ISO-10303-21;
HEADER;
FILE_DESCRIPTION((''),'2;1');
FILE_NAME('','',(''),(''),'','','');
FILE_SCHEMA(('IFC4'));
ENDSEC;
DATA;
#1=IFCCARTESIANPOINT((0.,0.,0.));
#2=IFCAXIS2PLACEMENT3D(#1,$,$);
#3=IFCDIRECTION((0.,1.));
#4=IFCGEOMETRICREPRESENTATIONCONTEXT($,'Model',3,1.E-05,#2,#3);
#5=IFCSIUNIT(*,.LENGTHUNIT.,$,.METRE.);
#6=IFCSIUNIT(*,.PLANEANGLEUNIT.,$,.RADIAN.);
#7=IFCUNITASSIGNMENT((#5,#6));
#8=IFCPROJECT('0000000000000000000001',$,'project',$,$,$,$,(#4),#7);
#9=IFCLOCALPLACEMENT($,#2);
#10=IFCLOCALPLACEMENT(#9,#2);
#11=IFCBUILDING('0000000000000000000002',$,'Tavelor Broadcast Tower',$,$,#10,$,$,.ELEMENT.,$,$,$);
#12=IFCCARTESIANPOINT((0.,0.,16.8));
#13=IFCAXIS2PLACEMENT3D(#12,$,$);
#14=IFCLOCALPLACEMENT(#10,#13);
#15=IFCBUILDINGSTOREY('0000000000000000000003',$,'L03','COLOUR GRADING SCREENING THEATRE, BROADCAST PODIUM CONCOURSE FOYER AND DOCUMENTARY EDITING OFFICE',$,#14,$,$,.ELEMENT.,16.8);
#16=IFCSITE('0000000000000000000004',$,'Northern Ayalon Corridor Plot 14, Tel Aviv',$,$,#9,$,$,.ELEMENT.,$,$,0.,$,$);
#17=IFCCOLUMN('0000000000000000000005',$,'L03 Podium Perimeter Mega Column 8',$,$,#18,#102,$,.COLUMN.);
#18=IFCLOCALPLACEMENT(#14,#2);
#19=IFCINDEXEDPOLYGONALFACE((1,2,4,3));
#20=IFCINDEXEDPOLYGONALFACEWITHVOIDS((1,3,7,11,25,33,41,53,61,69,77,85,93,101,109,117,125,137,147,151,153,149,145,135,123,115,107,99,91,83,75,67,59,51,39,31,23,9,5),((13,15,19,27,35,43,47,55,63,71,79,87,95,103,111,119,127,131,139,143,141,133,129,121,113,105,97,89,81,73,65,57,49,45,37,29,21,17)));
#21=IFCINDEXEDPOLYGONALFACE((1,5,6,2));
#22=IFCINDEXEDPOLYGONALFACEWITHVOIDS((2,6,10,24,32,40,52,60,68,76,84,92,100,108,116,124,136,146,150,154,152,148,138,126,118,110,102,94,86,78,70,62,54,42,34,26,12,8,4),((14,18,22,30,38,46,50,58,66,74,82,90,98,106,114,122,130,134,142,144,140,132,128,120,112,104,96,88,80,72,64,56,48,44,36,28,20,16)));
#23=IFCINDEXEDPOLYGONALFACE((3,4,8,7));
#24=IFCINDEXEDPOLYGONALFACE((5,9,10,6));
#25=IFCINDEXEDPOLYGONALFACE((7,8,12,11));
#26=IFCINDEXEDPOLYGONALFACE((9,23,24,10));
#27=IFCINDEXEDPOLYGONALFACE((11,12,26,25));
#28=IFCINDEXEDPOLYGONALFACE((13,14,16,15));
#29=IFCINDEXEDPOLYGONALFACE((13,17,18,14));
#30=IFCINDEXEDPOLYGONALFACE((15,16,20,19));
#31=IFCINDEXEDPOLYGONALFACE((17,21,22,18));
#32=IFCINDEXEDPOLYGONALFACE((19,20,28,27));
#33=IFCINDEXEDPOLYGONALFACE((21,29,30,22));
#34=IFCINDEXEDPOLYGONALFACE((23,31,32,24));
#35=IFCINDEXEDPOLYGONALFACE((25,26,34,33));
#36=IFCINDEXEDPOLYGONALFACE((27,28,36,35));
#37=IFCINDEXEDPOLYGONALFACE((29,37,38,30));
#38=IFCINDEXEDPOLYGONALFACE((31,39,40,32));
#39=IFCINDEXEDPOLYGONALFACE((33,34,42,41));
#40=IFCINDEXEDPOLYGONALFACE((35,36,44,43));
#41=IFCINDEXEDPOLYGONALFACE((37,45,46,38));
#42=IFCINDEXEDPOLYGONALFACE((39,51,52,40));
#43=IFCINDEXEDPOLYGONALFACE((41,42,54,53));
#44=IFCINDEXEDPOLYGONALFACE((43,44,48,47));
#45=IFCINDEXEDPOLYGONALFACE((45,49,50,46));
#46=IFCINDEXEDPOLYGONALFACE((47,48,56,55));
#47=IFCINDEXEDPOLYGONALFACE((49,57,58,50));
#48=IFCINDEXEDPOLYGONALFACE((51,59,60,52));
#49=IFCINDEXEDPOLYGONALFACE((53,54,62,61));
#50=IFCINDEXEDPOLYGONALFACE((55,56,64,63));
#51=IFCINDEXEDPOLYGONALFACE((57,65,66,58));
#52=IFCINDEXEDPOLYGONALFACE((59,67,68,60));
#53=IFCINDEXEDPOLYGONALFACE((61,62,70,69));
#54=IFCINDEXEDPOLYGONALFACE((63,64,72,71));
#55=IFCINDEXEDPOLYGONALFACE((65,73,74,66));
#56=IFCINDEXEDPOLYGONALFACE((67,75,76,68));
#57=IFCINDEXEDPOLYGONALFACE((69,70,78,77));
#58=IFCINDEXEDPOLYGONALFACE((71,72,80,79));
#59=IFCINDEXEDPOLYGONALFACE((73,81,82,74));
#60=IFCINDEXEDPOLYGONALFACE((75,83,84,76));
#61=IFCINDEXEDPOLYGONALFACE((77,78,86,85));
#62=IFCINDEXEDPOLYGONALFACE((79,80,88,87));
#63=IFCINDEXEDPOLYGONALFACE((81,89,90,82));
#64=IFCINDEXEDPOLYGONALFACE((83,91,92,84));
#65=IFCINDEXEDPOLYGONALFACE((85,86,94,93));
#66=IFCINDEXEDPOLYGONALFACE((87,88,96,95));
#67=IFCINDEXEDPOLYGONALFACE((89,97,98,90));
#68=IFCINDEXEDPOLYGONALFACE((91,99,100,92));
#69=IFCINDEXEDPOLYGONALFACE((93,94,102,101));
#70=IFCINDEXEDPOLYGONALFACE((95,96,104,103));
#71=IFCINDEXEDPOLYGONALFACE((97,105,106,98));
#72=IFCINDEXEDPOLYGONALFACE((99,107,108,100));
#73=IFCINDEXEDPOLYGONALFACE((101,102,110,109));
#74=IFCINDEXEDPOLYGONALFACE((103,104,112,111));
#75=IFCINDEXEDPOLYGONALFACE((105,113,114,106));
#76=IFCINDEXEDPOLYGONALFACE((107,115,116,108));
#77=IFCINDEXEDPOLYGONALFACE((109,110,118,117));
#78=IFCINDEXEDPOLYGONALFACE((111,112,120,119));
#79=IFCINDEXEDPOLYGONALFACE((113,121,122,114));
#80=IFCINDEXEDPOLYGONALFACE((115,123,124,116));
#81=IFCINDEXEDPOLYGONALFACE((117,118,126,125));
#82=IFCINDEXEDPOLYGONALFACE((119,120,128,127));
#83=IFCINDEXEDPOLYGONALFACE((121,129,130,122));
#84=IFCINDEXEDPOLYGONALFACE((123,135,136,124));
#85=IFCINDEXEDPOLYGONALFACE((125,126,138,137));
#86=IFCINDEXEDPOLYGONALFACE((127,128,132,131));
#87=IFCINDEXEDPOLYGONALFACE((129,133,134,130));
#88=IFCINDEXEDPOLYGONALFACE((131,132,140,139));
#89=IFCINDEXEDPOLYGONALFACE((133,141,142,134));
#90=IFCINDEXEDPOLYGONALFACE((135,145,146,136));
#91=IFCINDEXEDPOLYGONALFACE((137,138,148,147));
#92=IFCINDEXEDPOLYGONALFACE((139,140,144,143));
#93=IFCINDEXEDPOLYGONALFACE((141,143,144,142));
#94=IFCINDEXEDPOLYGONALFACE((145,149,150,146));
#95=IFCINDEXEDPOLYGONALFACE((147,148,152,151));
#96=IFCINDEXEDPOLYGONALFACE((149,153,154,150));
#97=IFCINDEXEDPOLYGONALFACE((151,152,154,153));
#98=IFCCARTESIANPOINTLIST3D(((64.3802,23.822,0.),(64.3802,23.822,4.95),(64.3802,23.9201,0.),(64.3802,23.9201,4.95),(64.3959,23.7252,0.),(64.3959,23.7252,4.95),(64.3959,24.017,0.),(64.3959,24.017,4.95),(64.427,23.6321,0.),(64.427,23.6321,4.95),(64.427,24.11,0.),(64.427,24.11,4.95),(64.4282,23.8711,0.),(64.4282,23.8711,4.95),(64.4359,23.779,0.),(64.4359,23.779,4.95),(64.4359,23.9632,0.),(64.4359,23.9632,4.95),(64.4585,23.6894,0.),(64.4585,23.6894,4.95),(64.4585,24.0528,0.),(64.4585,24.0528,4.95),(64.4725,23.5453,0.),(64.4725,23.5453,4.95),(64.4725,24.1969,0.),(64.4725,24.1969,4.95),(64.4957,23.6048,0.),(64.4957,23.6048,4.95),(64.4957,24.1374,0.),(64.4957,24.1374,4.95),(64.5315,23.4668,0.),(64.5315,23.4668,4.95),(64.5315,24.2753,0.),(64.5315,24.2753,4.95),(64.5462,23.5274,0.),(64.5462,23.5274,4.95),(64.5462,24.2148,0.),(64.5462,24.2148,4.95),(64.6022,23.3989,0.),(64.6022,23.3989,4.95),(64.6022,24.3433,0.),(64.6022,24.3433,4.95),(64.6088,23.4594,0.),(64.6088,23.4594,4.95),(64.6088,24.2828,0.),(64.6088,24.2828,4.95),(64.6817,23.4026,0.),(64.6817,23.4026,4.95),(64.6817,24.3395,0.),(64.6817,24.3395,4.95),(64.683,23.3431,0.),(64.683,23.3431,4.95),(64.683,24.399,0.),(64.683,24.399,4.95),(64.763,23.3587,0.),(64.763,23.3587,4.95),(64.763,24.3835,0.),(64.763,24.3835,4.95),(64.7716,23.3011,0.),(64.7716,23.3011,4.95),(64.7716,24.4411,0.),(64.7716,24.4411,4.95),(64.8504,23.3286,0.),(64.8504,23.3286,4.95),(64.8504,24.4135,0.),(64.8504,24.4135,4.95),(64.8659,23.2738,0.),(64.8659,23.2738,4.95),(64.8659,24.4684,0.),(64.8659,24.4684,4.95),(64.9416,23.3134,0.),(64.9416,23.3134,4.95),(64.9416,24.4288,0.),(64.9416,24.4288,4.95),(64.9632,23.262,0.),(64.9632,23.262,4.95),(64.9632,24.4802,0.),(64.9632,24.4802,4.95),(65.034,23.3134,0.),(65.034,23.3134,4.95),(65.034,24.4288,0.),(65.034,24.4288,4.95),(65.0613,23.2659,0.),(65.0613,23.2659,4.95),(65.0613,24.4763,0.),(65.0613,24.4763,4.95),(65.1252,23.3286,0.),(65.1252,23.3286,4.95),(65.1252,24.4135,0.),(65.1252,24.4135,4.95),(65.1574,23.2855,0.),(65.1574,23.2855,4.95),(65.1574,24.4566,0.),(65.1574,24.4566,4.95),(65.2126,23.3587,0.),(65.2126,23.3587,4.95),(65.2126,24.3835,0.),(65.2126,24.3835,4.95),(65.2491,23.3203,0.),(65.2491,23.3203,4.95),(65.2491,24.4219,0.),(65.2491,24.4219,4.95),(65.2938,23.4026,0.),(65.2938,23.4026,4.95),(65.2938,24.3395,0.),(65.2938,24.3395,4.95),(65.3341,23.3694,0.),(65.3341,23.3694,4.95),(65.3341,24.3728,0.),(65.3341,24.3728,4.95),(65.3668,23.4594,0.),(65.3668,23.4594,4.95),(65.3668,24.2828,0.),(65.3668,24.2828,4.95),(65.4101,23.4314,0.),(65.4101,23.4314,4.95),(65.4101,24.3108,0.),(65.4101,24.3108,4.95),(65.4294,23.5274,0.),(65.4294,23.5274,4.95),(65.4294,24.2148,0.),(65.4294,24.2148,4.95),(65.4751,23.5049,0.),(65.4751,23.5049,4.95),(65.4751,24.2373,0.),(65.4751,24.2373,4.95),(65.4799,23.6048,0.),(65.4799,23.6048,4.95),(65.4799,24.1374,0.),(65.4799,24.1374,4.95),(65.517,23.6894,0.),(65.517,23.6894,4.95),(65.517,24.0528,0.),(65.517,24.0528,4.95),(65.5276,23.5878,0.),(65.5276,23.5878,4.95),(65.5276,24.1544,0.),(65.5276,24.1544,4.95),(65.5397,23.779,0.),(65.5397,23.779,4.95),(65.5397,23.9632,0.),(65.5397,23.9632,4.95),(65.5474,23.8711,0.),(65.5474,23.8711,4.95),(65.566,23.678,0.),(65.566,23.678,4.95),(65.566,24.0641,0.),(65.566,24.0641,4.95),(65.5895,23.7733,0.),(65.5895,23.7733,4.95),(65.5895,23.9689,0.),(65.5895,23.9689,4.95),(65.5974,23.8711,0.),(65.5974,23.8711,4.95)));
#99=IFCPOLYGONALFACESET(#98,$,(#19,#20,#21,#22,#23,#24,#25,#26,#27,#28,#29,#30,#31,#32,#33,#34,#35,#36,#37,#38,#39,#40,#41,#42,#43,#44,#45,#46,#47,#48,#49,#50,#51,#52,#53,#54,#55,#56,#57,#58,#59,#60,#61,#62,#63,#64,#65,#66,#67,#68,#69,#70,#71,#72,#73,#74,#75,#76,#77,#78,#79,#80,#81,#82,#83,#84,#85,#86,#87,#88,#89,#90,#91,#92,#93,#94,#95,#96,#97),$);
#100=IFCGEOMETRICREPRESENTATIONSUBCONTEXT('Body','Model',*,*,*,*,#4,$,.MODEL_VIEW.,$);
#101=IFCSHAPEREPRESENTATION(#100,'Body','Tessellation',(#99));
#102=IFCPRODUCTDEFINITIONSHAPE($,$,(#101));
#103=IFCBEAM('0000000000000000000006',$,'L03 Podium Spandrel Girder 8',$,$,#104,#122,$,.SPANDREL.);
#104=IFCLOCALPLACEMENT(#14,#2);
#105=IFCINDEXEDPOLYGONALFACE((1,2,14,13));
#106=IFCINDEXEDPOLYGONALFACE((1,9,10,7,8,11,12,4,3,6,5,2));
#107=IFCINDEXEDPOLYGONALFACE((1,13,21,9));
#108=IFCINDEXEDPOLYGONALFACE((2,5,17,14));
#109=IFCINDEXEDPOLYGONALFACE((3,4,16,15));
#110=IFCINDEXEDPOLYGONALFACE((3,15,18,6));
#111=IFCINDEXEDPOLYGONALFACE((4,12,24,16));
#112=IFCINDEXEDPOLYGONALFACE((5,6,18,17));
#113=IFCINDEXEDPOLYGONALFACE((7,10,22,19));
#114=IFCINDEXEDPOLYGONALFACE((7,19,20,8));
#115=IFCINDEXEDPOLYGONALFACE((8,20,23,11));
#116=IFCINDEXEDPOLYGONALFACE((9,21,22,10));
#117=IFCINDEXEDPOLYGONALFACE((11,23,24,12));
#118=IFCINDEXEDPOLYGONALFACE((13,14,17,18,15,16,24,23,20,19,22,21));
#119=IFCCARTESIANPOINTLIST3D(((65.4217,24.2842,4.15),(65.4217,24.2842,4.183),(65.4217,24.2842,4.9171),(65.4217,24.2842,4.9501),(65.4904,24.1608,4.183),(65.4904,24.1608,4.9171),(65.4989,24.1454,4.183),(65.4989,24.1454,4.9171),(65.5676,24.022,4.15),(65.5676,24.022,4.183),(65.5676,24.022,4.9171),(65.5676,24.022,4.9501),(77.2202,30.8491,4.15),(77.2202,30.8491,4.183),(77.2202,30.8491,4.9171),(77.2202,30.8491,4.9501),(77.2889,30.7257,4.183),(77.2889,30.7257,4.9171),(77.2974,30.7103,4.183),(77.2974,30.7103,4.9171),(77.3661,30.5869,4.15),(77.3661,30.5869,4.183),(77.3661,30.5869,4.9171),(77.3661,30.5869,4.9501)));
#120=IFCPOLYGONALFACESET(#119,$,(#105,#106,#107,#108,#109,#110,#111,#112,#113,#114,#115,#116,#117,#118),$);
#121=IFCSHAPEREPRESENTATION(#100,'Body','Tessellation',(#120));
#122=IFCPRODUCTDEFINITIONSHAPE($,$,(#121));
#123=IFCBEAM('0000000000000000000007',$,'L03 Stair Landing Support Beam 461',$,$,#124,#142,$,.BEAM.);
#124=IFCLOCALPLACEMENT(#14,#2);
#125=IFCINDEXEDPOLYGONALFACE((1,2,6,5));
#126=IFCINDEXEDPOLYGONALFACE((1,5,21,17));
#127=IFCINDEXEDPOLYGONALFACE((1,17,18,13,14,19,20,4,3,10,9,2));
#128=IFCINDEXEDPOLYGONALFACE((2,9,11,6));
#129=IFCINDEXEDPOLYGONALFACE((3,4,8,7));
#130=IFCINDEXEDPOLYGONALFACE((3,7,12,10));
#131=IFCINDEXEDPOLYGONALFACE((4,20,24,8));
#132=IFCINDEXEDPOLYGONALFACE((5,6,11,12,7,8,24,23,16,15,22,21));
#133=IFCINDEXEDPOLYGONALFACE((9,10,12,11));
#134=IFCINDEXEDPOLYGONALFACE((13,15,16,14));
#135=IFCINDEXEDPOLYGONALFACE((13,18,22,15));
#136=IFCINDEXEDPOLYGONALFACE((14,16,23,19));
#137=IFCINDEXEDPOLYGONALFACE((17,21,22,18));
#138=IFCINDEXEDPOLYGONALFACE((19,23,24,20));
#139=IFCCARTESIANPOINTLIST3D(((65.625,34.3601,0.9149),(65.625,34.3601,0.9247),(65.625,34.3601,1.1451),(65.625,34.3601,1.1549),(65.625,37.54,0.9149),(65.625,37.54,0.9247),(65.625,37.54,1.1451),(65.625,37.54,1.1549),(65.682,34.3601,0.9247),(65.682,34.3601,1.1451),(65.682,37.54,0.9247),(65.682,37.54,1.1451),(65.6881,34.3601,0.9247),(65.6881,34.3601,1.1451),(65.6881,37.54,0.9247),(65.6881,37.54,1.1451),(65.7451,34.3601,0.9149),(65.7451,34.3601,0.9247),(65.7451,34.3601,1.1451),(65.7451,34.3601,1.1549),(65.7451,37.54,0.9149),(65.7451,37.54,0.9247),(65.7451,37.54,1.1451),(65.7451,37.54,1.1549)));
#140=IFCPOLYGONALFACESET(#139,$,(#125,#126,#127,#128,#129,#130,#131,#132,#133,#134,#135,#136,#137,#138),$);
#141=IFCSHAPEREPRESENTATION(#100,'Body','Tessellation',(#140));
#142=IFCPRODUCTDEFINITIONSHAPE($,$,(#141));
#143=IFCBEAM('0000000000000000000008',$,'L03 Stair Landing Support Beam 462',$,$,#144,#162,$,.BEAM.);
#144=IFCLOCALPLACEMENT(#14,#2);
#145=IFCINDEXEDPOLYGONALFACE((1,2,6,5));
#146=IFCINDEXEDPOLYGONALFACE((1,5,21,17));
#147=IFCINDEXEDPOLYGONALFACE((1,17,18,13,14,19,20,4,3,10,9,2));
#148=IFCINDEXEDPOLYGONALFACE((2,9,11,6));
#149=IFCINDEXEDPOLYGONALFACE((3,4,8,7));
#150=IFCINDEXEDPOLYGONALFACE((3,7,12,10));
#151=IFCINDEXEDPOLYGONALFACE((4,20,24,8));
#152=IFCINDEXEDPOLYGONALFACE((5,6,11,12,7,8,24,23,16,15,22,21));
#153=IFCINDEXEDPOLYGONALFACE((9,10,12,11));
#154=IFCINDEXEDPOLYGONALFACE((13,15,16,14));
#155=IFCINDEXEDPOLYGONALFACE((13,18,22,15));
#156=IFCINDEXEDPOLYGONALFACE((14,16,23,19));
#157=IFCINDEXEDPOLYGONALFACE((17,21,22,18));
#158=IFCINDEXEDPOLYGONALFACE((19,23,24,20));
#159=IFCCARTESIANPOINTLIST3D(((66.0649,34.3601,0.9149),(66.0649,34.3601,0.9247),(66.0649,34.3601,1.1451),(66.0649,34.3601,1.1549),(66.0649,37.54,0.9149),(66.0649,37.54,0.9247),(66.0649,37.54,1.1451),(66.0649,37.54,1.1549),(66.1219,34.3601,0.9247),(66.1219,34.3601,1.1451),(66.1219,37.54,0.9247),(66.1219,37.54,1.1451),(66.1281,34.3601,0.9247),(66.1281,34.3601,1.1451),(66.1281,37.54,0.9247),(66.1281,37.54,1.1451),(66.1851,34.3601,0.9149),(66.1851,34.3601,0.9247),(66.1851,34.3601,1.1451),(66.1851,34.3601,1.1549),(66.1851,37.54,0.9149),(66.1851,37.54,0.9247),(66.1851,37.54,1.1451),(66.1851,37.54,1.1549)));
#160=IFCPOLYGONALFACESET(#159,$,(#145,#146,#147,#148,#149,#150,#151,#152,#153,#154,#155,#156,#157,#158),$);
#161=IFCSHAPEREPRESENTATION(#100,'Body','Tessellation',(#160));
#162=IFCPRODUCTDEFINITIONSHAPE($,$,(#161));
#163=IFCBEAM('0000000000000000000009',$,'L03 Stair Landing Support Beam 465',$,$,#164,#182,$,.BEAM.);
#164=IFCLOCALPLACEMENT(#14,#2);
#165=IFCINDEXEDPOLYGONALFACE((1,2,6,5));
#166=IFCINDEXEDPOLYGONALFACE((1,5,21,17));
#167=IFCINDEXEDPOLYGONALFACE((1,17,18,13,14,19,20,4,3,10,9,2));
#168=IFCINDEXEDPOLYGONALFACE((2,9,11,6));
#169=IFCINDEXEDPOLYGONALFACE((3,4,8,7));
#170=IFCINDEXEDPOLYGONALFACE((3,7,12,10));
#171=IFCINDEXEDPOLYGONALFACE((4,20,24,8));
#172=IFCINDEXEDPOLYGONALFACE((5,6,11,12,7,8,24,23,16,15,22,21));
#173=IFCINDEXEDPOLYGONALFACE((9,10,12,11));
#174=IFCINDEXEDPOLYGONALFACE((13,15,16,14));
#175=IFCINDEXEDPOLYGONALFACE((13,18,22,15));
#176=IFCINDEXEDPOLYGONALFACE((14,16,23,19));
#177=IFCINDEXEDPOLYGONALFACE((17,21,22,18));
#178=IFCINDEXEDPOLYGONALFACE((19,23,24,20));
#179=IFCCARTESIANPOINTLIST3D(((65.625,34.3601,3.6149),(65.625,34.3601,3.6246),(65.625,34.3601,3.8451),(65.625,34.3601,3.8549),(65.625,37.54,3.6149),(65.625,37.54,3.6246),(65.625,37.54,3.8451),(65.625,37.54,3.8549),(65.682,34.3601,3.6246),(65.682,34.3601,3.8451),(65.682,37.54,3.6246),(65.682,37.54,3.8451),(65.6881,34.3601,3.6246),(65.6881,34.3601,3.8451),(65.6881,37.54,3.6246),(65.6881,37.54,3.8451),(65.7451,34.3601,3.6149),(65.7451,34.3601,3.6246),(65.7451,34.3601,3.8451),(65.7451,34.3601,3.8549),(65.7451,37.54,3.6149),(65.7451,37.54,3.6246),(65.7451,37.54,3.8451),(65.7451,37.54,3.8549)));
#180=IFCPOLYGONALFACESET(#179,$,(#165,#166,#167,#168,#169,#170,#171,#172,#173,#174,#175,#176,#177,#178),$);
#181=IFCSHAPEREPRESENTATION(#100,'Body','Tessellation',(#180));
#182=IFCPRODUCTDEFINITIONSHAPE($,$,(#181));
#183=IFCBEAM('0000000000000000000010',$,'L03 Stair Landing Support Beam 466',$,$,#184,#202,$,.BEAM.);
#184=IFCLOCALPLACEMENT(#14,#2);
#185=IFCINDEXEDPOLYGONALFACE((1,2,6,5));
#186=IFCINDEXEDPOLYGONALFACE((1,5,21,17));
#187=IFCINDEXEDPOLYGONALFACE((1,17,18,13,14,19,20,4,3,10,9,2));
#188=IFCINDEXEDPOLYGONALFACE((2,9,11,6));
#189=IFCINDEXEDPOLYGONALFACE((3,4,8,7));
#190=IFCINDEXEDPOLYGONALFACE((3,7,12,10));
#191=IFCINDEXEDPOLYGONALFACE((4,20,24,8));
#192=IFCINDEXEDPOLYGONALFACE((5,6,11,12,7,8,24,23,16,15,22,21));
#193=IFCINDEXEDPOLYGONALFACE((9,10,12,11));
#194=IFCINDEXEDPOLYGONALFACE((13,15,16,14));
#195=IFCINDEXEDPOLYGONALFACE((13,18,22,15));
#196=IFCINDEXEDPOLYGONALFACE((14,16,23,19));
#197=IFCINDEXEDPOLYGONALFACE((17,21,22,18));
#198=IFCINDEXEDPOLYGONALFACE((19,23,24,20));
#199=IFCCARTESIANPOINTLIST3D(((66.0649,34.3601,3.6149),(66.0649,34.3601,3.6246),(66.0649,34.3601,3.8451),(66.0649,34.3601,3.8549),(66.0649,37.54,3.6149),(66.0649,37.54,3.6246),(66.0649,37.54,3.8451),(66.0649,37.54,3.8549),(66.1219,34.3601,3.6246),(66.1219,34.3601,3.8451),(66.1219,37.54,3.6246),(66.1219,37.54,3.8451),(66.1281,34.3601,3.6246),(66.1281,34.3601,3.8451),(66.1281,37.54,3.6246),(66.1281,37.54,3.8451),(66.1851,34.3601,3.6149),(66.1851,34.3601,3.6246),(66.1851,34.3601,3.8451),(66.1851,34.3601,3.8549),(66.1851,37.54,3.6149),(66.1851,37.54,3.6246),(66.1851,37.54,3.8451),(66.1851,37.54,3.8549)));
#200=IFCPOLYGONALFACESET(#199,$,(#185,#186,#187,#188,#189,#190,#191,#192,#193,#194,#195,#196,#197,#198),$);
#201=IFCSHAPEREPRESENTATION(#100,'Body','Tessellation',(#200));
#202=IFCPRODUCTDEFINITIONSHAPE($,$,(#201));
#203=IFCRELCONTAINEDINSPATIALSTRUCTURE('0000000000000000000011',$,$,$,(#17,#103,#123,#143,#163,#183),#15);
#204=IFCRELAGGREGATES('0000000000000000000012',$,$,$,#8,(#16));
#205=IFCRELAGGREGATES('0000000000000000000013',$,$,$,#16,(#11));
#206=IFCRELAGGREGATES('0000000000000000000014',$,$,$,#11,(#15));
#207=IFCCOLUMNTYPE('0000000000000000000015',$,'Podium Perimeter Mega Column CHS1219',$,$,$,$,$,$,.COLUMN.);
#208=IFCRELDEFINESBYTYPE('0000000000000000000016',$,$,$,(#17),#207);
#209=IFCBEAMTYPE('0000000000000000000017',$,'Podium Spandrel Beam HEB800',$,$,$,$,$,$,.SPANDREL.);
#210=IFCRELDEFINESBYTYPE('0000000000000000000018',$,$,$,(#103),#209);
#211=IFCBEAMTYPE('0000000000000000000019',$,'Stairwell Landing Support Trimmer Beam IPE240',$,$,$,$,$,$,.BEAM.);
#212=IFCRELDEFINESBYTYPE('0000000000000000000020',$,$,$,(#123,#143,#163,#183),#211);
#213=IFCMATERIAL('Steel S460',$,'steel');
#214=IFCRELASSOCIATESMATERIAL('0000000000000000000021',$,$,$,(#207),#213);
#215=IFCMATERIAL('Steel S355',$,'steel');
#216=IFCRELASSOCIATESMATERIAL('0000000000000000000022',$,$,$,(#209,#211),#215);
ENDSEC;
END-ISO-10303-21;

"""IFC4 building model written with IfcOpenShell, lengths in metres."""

from ifc_helpers import new_model, si_unit, direction, frame, origin, origin_2d, place, context, subcontext, project, spatial, hollow_circle, i_section, extrude, material, material_profile, profile_set, type_object, element, save


model = new_model("IFC4")

# Units and contexts
model_context = context("Model", 3, precision=1e-05, world=origin(), true_north=direction((0.0, 1.0)))
body_context = subcontext(model_context, "Body", "Model", "MODEL_VIEW")
ifc_project = project(units=[si_unit("LENGTHUNIT", "METRE"), si_unit("PLANEANGLEUNIT", "RADIAN")], contexts=[model_context])

# Site, building, storey
site_placement = place(None, origin())
site = spatial("IfcSite", under=ifc_project, at=site_placement, Name="Northern Ayalon Corridor Plot 14, Tel Aviv", CompositionType="ELEMENT", RefElevation=0.0)
building_placement = place(site_placement, origin())
building = spatial("IfcBuilding", under=site, at=building_placement, Name="Tavelor Broadcast Tower", CompositionType="ELEMENT")
storey_placement = place(building_placement, frame((0.0, 0.0, 16.8)))
storey = spatial("IfcBuildingStorey", under=building, at=storey_placement, Name="L03", Description="COLOUR GRADING SCREENING THEATRE, BROADCAST PODIUM CONCOURSE FOYER AND DOCUMENTARY EDITING OFFICE", CompositionType="ELEMENT", Elevation=16.8)

# Column
ifc_material_1 = material(Name="Steel S460", Category="steel")
ifc_material_profile_1 = material_profile(ifc_material_1, hollow_circle(Radius=0.6096, WallThickness=0.05, at=origin_2d()), Name="CHS 1219x50")
ifc_profile_set_1 = profile_set([ifc_material_profile_1], Name="Steel S460")
column_type = type_object("IfcColumnType", Name="Podium Perimeter Mega Column CHS1219", PredefinedType="COLUMN", material=ifc_profile_set_1)
column_placement = place(storey_placement, frame((64.9878, 23.8711, 0.0), z_axis=(0.0, 0.0, 1.0), x_axis=(1.0, 0.0, 0.0)))
element("IfcColumn", 1, at=column_placement, inside=storey, type_object=column_type, Name="L03 Podium Perimeter Mega Column 8", PredefinedType="COLUMN", context=body_context, shape_type="SweptSolid", body=[
    extrude(hollow_circle(Radius=0.6096, WallThickness=0.05, at=origin_2d()), origin(), (0.0, 0.0, 1.0), 4.95),
])

# Beams
ifc_material_2 = material(Name="Steel S355", Category="steel")
ifc_material_profile_2 = material_profile(ifc_material_2, i_section(OverallWidth=0.3, OverallDepth=0.8, WebThickness=0.0176, FlangeThickness=0.033, at=origin_2d()), Name="HEB 800")
ifc_profile_set_2 = profile_set([ifc_material_profile_2], Name="Steel S355")
beam_type_1 = type_object("IfcBeamType", Name="Podium Spandrel Beam HEB800", PredefinedType="SPANDREL", material=ifc_profile_set_2)
beam_1_placement = place(storey_placement, frame((65.4946, 24.1531, 4.55), z_axis=(0.873837, 0.486219, 0.0), x_axis=(-0.486219, 0.873837, 0.0)))
element("IfcBeam", 2, at=beam_1_placement, inside=storey, type_object=beam_type_1, Name="L03 Podium Spandrel Girder 8", PredefinedType="SPANDREL", context=body_context, shape_type="SweptSolid", body=[
    extrude(i_section(OverallWidth=0.3, OverallDepth=0.8, WebThickness=0.0176, FlangeThickness=0.033, at=origin_2d()), origin(), (0.0, 0.0, 1.0), 13.502),
])
ifc_material_profile_3 = material_profile(ifc_material_2, i_section(OverallWidth=0.1201, OverallDepth=0.24, WebThickness=0.0061, FlangeThickness=0.0098, at=origin_2d()), Name="IPE 240")
ifc_profile_set_3 = profile_set([ifc_material_profile_3], Name="Steel S355")
beam_type_2 = type_object("IfcBeamType", Name="Stairwell Landing Support Trimmer Beam IPE240", PredefinedType="BEAM", material=ifc_profile_set_3)
for number, where, z_axis, x_axis, name in (
    (3, (65.6851, 34.3601, 1.0349), (0.0, 1.0, 0.0), (-1.0, 0.0, 0.0), "L03 Stair Landing Support Beam 461"),
    (4, (66.125, 34.3601, 1.0349), (0.0, 1.0, 0.0), (-1.0, 0.0, 0.0), "L03 Stair Landing Support Beam 462"),
    (5, (65.6851, 34.3601, 3.7349), (0.0, 1.0, 0.0), (-1.0, 0.0, 0.0), "L03 Stair Landing Support Beam 465"),
    (6, (66.125, 34.3601, 3.7349), (0.0, 1.0, 0.0), (-1.0, 0.0, 0.0), "L03 Stair Landing Support Beam 466"),
):
    element("IfcBeam", number, at=place(storey_placement, frame(where, z_axis=z_axis, x_axis=x_axis)), inside=storey, type_object=beam_type_2, Name=name, PredefinedType="BEAM", context=body_context, shape_type="SweptSolid", body=[
        extrude(i_section(OverallWidth=0.1201, OverallDepth=0.24, WebThickness=0.0061, FlangeThickness=0.0098, at=origin_2d()), origin(), (0.0, 0.0, 1.0), 3.1799),
    ])

save(model, "model.ifc")
